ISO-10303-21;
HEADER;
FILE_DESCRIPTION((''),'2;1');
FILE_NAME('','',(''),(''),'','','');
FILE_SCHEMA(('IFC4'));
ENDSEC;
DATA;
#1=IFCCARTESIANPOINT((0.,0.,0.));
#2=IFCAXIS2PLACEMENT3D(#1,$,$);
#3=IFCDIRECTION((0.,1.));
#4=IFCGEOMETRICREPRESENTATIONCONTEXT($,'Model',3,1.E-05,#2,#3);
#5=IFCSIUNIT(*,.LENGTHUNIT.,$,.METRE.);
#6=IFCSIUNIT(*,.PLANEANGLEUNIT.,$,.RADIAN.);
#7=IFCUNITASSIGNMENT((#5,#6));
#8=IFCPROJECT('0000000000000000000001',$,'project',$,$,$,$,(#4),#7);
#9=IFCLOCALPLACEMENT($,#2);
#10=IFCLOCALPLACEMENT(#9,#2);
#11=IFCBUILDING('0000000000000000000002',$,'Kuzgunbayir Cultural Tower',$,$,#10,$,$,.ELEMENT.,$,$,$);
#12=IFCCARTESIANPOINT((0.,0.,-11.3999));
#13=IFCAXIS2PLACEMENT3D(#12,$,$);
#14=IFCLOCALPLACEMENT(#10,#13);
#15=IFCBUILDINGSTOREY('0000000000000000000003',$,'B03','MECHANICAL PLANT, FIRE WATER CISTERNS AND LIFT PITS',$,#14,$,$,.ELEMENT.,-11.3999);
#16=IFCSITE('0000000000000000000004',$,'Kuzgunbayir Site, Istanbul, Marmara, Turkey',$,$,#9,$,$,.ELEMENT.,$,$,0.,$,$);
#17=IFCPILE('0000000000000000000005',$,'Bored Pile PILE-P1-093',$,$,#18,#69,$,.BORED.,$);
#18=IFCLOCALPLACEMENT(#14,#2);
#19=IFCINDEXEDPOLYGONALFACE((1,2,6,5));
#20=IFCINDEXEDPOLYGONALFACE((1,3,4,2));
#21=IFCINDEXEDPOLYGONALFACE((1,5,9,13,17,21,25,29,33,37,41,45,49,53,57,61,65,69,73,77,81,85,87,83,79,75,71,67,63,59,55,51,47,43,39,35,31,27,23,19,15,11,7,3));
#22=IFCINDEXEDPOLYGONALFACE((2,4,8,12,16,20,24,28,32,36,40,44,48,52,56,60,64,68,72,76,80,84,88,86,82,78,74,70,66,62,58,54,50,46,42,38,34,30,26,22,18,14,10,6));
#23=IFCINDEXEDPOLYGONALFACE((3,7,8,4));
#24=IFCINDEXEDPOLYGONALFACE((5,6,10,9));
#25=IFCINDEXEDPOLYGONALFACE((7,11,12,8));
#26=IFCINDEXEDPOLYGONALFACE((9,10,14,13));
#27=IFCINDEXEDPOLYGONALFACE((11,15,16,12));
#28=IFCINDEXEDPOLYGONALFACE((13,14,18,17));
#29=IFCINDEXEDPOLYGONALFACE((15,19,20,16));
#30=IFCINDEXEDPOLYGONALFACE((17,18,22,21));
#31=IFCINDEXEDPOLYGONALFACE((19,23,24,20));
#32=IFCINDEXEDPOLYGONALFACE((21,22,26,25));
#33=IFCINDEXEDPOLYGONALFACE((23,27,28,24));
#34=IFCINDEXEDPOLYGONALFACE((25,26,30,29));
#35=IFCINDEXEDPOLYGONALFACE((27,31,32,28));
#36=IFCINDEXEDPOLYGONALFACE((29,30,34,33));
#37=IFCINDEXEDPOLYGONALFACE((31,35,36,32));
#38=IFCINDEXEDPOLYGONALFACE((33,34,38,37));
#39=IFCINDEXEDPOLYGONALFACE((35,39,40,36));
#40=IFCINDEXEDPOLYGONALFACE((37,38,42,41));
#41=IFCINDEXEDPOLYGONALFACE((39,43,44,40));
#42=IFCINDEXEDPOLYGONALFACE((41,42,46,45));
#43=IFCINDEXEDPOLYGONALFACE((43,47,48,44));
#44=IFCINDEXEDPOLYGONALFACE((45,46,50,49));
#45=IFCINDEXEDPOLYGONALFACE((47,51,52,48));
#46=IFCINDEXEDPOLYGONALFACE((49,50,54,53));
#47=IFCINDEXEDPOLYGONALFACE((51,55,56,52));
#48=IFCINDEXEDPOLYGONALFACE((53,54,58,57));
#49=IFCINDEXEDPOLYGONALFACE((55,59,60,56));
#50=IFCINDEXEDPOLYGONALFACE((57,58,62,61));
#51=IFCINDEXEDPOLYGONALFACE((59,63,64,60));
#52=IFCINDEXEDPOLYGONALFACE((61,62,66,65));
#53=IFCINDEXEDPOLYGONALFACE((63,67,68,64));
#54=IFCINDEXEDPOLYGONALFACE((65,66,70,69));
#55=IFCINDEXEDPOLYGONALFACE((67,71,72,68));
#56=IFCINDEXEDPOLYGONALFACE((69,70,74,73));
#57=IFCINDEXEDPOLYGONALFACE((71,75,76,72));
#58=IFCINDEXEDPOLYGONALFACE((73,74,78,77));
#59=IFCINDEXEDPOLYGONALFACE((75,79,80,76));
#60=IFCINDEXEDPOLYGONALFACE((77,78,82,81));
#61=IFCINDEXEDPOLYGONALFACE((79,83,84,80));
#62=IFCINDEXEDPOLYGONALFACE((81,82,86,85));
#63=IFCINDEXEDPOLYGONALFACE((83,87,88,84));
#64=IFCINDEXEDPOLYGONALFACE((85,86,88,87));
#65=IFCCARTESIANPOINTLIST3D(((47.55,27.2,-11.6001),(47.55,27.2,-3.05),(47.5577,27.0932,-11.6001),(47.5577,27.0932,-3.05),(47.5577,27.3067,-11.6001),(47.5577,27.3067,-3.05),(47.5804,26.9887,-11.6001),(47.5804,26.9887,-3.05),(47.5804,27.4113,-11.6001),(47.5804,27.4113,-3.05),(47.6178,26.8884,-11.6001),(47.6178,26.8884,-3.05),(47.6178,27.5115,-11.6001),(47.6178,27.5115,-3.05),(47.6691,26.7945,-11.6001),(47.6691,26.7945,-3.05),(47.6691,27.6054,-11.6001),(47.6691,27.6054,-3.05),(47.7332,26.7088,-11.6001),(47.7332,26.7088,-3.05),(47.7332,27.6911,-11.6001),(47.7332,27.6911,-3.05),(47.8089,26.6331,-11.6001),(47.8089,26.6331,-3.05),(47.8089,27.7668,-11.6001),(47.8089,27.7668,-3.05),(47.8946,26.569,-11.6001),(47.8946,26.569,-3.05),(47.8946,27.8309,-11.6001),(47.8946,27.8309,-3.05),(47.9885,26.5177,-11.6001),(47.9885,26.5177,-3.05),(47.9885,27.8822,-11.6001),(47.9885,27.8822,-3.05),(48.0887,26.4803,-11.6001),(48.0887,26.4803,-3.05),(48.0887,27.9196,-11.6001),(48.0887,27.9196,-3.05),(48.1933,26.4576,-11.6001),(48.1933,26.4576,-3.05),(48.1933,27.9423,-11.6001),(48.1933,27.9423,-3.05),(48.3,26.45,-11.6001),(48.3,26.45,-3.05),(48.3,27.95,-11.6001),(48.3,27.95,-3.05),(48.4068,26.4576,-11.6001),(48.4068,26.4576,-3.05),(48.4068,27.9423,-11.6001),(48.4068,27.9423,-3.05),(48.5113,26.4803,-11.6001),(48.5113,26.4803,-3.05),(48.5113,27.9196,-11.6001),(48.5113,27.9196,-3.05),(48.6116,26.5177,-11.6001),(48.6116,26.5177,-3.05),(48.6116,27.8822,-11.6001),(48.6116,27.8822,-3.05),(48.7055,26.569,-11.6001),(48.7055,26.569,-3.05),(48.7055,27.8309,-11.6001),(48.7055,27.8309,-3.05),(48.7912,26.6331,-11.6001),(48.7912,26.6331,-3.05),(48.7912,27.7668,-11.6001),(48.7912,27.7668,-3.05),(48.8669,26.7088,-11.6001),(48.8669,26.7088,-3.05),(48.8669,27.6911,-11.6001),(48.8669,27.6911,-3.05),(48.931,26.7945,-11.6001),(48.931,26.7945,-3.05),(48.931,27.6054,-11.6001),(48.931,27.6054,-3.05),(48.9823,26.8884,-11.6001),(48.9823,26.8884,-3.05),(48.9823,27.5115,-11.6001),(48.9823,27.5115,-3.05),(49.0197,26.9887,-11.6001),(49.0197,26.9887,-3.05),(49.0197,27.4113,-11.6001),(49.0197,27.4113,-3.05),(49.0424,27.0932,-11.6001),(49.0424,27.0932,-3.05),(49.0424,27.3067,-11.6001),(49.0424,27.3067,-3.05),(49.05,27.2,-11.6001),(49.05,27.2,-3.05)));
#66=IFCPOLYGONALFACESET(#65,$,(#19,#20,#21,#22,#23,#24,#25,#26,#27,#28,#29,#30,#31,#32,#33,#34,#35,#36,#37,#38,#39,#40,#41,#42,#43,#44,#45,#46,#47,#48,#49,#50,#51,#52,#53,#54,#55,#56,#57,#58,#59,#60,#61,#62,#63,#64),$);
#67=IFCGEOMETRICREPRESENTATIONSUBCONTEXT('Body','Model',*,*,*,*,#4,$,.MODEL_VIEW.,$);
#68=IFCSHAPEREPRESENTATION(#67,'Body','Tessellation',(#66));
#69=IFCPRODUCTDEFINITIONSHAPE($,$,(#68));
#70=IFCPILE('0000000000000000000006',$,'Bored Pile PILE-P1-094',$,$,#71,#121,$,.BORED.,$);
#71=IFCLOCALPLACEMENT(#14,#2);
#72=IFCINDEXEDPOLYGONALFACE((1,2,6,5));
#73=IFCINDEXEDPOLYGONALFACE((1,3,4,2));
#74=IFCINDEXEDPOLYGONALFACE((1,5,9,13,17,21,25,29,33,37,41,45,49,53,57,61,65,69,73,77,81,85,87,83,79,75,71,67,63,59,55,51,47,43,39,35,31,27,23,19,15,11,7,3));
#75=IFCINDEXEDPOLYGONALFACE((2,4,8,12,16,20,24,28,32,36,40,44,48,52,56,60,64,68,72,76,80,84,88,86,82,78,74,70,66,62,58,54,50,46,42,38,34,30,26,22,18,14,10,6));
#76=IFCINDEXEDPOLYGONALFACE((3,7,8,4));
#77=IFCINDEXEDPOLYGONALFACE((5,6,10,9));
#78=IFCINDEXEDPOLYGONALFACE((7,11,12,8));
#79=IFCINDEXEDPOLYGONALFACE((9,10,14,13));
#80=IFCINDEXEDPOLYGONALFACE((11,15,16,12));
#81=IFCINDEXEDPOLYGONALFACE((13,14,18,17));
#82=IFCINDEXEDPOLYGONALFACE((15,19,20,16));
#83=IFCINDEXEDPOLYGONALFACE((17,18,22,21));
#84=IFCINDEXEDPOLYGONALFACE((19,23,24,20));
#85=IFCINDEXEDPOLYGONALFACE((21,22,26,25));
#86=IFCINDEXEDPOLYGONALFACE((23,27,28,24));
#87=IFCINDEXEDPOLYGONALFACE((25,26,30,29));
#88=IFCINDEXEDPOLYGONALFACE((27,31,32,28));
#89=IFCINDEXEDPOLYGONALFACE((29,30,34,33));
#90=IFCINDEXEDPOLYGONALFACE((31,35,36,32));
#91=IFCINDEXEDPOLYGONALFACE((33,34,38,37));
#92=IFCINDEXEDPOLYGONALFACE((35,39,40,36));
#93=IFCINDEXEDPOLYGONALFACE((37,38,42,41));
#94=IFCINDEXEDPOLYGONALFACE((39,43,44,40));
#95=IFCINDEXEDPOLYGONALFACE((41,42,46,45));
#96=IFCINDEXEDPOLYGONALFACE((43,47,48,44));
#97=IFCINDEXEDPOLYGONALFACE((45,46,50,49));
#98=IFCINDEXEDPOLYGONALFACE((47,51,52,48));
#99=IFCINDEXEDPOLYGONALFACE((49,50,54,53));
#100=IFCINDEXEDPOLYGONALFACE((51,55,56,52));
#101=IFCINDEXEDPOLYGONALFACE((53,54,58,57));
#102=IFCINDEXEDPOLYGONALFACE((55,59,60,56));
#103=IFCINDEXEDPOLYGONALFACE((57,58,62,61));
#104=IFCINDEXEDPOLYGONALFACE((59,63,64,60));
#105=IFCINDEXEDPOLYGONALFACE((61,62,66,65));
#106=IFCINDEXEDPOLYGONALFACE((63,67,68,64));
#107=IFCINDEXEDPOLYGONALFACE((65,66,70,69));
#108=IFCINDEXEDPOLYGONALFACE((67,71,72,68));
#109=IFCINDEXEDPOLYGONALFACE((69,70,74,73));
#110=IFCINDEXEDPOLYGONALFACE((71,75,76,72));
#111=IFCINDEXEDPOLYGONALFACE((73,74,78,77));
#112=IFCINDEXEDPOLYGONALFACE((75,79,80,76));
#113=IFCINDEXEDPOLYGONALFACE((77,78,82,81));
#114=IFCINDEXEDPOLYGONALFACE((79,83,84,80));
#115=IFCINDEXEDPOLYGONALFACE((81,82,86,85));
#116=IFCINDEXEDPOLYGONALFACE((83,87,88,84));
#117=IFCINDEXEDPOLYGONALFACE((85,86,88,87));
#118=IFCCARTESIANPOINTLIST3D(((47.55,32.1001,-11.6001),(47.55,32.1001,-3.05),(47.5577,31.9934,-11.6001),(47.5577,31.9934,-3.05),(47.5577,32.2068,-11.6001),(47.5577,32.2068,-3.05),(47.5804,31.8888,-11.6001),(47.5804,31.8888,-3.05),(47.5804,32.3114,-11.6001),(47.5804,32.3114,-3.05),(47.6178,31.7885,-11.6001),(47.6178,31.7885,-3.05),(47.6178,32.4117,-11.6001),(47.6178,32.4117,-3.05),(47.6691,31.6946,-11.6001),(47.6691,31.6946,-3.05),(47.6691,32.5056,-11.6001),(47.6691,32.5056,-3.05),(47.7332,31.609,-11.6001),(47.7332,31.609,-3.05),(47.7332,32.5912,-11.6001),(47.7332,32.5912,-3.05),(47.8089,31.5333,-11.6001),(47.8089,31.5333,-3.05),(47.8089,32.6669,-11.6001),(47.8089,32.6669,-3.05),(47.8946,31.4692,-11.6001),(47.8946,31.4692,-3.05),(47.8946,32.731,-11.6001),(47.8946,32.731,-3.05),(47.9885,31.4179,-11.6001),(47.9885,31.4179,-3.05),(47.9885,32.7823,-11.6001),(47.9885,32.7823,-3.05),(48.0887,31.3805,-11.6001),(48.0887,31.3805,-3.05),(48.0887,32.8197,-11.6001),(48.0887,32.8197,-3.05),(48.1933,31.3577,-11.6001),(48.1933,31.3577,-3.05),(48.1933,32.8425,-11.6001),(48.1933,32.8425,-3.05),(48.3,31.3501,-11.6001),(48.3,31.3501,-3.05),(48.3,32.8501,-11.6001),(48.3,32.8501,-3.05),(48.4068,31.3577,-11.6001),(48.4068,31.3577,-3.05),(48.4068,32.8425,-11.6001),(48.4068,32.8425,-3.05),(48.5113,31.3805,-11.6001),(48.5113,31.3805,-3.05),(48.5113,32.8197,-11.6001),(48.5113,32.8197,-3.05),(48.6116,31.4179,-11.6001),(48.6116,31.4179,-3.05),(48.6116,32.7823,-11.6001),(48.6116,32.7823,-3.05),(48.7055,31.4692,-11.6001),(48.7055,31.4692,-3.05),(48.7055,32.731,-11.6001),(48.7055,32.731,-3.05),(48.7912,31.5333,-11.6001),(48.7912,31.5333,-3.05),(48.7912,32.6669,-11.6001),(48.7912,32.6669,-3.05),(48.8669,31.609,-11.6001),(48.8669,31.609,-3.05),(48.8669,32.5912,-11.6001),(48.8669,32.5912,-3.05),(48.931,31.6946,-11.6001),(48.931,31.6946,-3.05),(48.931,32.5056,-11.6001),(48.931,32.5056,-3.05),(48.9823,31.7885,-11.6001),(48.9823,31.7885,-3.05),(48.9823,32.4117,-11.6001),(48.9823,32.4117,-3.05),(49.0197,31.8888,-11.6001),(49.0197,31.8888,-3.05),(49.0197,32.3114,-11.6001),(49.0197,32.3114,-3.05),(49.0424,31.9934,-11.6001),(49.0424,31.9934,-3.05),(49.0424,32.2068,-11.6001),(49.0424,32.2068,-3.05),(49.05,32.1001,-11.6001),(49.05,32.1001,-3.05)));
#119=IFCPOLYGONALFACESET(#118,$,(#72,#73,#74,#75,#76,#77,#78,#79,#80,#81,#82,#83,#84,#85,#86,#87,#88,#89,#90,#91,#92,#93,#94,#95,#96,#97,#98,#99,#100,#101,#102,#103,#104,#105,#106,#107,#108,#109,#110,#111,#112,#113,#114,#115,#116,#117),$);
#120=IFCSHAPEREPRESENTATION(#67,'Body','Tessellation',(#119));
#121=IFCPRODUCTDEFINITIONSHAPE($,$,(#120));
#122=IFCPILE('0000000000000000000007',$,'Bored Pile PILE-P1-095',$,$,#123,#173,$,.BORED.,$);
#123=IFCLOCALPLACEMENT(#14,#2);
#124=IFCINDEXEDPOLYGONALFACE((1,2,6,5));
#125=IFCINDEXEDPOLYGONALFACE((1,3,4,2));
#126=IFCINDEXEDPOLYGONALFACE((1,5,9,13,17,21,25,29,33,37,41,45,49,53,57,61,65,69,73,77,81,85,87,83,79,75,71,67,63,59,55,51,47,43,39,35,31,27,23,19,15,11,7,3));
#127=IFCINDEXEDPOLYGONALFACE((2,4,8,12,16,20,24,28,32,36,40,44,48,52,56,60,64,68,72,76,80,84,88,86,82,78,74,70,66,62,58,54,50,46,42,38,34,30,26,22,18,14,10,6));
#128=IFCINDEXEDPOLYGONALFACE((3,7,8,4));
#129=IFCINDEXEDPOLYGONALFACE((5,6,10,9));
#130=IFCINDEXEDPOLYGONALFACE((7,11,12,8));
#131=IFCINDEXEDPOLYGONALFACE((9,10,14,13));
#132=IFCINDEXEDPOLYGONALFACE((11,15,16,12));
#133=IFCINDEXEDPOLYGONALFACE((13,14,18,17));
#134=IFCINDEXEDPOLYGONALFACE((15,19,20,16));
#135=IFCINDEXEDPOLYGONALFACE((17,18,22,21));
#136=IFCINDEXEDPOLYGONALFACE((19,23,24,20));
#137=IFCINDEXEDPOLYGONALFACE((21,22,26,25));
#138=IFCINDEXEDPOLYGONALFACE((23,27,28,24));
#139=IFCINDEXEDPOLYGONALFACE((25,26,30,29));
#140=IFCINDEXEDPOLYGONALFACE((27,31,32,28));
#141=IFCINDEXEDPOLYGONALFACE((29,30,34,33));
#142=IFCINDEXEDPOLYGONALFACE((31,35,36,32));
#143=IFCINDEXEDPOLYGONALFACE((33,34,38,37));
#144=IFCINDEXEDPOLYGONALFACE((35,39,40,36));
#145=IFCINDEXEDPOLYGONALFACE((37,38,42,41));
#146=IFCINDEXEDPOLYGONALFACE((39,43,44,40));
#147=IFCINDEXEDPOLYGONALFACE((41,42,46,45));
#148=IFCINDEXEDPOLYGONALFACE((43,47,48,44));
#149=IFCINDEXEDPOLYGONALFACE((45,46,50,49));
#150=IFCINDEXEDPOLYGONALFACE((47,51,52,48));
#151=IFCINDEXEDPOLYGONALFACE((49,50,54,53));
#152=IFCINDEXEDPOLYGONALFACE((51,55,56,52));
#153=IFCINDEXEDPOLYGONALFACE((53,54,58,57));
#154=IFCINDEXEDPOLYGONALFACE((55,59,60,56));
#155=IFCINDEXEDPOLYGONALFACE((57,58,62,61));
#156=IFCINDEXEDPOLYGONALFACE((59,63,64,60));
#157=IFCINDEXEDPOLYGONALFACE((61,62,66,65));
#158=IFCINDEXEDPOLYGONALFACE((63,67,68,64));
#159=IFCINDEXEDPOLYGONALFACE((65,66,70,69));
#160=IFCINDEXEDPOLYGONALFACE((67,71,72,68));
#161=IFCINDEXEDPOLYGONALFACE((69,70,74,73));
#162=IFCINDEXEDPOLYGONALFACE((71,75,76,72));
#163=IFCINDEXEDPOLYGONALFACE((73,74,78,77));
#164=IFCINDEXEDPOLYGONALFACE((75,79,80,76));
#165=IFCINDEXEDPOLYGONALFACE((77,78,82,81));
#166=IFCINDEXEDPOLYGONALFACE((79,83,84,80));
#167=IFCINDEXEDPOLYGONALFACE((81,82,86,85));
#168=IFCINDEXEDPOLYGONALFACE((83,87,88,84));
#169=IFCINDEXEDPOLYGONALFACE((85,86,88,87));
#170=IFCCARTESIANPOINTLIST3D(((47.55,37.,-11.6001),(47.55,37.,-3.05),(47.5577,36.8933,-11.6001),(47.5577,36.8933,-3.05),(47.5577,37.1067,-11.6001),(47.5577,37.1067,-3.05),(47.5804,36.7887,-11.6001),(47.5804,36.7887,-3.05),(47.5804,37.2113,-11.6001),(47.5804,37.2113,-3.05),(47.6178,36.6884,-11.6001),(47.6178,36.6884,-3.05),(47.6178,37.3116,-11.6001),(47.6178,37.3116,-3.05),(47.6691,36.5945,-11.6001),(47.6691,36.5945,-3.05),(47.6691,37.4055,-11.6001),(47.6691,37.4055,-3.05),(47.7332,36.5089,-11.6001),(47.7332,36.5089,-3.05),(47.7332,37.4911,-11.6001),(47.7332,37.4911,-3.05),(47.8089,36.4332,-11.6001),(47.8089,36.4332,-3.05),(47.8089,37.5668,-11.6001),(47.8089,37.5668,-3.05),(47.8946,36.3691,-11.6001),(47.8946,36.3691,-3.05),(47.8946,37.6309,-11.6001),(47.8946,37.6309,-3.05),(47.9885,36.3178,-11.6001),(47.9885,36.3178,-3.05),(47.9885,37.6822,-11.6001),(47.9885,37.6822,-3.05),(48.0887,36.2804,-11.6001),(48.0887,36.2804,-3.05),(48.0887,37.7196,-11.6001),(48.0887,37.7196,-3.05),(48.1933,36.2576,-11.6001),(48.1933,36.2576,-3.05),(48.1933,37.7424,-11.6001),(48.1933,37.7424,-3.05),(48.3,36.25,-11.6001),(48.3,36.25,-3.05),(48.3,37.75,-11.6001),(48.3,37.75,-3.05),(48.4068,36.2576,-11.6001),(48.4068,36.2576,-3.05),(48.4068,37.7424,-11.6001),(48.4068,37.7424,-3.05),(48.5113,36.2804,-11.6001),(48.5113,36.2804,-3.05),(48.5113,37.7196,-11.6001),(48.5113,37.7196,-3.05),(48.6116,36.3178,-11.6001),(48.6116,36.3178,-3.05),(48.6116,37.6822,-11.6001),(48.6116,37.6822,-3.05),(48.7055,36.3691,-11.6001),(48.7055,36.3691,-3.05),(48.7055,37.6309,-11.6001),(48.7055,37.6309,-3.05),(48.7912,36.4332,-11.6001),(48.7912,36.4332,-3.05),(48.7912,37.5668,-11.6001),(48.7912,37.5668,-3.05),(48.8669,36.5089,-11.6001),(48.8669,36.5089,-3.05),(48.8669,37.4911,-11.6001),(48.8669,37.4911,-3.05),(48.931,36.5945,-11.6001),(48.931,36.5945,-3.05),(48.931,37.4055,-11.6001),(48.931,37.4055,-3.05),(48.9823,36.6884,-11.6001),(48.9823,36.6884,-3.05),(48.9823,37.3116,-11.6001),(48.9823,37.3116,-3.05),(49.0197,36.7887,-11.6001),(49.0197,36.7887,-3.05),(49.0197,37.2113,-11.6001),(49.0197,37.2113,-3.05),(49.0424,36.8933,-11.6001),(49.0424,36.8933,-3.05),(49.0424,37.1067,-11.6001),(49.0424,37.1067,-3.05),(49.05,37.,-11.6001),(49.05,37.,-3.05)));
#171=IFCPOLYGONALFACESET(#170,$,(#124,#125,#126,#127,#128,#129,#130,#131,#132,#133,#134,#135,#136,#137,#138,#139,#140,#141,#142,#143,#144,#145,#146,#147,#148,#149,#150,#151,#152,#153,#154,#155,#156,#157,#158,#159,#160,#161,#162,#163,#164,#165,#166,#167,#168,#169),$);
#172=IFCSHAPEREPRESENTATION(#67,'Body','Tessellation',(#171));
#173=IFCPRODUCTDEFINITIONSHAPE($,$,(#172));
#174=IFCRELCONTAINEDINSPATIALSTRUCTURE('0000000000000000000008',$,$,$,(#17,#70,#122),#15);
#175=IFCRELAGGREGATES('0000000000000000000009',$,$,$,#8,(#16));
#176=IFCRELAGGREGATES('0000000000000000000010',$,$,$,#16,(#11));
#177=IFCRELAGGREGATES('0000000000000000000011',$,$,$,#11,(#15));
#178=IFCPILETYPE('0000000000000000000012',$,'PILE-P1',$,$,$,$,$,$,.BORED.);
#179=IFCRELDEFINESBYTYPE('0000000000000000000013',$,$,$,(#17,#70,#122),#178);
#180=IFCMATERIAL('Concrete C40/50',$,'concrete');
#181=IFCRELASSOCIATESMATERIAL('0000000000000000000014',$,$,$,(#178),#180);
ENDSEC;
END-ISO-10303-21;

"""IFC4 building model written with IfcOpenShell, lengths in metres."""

from ifc_helpers import new_model, si_unit, direction, frame, origin, origin_2d, place, context, subcontext, project, spatial, circle, extrude, material, material_profile, profile_set, type_object, element, save


model = new_model("IFC4")

# Units and contexts
model_context = context("Model", 3, precision=1e-05, world=origin(), true_north=direction((0.0, 1.0)))
body_context = subcontext(model_context, "Body", "Model", "MODEL_VIEW")
ifc_project = project(units=[si_unit("LENGTHUNIT", "METRE"), si_unit("PLANEANGLEUNIT", "RADIAN")], contexts=[model_context])

# Site, building, storey
site_placement = place(None, origin())
site = spatial("IfcSite", under=ifc_project, at=site_placement, Name="Kuzgunbayir Site, Istanbul, Marmara, Turkey", CompositionType="ELEMENT", RefElevation=0.0)
building_placement = place(site_placement, origin())
building = spatial("IfcBuilding", under=site, at=building_placement, Name="Kuzgunbayir Cultural Tower", CompositionType="ELEMENT")
storey_placement = place(building_placement, frame((0.0, 0.0, -11.3999)))
storey = spatial("IfcBuildingStorey", under=building, at=storey_placement, Name="B03", Description="MECHANICAL PLANT, FIRE WATER CISTERNS AND LIFT PITS", CompositionType="ELEMENT", Elevation=-11.3999)

# Piles
ifc_material_1 = material(Name="Concrete C40/50", Category="concrete")
ifc_material_profile_1 = material_profile(ifc_material_1, circle(Radius=0.75, at=origin_2d()), Name="BORED PILE 1500")
ifc_profile_set_1 = profile_set([ifc_material_profile_1], Name="Concrete C40/50")
pile_type_1 = type_object("IfcPileType", Name="PILE-P1", PredefinedType="BORED", material=ifc_profile_set_1)
for number, where, z_axis, x_axis, name in (
    (1, (48.3, 27.2, -3.05), (0.0, 0.0, -1.0), (1.0, 0.0, 0.0), "Bored Pile PILE-P1-093"),
    (2, (48.3, 32.1001, -3.05), (0.0, 0.0, -1.0), (1.0, 0.0, 0.0), "Bored Pile PILE-P1-094"),
    (3, (48.3, 37.0, -3.05), (0.0, 0.0, -1.0), (1.0, 0.0, 0.0), "Bored Pile PILE-P1-095"),
):
    element("IfcPile", number, at=place(storey_placement, frame(where, z_axis=z_axis, x_axis=x_axis)), inside=storey, type_object=pile_type_1, Name=name, PredefinedType="BORED", context=body_context, shape_type="SweptSolid", body=[
        extrude(circle(Radius=0.75, at=origin_2d()), origin(), (0.0, 0.0, 1.0), 8.55),
    ])

save(model, "model.ifc")
